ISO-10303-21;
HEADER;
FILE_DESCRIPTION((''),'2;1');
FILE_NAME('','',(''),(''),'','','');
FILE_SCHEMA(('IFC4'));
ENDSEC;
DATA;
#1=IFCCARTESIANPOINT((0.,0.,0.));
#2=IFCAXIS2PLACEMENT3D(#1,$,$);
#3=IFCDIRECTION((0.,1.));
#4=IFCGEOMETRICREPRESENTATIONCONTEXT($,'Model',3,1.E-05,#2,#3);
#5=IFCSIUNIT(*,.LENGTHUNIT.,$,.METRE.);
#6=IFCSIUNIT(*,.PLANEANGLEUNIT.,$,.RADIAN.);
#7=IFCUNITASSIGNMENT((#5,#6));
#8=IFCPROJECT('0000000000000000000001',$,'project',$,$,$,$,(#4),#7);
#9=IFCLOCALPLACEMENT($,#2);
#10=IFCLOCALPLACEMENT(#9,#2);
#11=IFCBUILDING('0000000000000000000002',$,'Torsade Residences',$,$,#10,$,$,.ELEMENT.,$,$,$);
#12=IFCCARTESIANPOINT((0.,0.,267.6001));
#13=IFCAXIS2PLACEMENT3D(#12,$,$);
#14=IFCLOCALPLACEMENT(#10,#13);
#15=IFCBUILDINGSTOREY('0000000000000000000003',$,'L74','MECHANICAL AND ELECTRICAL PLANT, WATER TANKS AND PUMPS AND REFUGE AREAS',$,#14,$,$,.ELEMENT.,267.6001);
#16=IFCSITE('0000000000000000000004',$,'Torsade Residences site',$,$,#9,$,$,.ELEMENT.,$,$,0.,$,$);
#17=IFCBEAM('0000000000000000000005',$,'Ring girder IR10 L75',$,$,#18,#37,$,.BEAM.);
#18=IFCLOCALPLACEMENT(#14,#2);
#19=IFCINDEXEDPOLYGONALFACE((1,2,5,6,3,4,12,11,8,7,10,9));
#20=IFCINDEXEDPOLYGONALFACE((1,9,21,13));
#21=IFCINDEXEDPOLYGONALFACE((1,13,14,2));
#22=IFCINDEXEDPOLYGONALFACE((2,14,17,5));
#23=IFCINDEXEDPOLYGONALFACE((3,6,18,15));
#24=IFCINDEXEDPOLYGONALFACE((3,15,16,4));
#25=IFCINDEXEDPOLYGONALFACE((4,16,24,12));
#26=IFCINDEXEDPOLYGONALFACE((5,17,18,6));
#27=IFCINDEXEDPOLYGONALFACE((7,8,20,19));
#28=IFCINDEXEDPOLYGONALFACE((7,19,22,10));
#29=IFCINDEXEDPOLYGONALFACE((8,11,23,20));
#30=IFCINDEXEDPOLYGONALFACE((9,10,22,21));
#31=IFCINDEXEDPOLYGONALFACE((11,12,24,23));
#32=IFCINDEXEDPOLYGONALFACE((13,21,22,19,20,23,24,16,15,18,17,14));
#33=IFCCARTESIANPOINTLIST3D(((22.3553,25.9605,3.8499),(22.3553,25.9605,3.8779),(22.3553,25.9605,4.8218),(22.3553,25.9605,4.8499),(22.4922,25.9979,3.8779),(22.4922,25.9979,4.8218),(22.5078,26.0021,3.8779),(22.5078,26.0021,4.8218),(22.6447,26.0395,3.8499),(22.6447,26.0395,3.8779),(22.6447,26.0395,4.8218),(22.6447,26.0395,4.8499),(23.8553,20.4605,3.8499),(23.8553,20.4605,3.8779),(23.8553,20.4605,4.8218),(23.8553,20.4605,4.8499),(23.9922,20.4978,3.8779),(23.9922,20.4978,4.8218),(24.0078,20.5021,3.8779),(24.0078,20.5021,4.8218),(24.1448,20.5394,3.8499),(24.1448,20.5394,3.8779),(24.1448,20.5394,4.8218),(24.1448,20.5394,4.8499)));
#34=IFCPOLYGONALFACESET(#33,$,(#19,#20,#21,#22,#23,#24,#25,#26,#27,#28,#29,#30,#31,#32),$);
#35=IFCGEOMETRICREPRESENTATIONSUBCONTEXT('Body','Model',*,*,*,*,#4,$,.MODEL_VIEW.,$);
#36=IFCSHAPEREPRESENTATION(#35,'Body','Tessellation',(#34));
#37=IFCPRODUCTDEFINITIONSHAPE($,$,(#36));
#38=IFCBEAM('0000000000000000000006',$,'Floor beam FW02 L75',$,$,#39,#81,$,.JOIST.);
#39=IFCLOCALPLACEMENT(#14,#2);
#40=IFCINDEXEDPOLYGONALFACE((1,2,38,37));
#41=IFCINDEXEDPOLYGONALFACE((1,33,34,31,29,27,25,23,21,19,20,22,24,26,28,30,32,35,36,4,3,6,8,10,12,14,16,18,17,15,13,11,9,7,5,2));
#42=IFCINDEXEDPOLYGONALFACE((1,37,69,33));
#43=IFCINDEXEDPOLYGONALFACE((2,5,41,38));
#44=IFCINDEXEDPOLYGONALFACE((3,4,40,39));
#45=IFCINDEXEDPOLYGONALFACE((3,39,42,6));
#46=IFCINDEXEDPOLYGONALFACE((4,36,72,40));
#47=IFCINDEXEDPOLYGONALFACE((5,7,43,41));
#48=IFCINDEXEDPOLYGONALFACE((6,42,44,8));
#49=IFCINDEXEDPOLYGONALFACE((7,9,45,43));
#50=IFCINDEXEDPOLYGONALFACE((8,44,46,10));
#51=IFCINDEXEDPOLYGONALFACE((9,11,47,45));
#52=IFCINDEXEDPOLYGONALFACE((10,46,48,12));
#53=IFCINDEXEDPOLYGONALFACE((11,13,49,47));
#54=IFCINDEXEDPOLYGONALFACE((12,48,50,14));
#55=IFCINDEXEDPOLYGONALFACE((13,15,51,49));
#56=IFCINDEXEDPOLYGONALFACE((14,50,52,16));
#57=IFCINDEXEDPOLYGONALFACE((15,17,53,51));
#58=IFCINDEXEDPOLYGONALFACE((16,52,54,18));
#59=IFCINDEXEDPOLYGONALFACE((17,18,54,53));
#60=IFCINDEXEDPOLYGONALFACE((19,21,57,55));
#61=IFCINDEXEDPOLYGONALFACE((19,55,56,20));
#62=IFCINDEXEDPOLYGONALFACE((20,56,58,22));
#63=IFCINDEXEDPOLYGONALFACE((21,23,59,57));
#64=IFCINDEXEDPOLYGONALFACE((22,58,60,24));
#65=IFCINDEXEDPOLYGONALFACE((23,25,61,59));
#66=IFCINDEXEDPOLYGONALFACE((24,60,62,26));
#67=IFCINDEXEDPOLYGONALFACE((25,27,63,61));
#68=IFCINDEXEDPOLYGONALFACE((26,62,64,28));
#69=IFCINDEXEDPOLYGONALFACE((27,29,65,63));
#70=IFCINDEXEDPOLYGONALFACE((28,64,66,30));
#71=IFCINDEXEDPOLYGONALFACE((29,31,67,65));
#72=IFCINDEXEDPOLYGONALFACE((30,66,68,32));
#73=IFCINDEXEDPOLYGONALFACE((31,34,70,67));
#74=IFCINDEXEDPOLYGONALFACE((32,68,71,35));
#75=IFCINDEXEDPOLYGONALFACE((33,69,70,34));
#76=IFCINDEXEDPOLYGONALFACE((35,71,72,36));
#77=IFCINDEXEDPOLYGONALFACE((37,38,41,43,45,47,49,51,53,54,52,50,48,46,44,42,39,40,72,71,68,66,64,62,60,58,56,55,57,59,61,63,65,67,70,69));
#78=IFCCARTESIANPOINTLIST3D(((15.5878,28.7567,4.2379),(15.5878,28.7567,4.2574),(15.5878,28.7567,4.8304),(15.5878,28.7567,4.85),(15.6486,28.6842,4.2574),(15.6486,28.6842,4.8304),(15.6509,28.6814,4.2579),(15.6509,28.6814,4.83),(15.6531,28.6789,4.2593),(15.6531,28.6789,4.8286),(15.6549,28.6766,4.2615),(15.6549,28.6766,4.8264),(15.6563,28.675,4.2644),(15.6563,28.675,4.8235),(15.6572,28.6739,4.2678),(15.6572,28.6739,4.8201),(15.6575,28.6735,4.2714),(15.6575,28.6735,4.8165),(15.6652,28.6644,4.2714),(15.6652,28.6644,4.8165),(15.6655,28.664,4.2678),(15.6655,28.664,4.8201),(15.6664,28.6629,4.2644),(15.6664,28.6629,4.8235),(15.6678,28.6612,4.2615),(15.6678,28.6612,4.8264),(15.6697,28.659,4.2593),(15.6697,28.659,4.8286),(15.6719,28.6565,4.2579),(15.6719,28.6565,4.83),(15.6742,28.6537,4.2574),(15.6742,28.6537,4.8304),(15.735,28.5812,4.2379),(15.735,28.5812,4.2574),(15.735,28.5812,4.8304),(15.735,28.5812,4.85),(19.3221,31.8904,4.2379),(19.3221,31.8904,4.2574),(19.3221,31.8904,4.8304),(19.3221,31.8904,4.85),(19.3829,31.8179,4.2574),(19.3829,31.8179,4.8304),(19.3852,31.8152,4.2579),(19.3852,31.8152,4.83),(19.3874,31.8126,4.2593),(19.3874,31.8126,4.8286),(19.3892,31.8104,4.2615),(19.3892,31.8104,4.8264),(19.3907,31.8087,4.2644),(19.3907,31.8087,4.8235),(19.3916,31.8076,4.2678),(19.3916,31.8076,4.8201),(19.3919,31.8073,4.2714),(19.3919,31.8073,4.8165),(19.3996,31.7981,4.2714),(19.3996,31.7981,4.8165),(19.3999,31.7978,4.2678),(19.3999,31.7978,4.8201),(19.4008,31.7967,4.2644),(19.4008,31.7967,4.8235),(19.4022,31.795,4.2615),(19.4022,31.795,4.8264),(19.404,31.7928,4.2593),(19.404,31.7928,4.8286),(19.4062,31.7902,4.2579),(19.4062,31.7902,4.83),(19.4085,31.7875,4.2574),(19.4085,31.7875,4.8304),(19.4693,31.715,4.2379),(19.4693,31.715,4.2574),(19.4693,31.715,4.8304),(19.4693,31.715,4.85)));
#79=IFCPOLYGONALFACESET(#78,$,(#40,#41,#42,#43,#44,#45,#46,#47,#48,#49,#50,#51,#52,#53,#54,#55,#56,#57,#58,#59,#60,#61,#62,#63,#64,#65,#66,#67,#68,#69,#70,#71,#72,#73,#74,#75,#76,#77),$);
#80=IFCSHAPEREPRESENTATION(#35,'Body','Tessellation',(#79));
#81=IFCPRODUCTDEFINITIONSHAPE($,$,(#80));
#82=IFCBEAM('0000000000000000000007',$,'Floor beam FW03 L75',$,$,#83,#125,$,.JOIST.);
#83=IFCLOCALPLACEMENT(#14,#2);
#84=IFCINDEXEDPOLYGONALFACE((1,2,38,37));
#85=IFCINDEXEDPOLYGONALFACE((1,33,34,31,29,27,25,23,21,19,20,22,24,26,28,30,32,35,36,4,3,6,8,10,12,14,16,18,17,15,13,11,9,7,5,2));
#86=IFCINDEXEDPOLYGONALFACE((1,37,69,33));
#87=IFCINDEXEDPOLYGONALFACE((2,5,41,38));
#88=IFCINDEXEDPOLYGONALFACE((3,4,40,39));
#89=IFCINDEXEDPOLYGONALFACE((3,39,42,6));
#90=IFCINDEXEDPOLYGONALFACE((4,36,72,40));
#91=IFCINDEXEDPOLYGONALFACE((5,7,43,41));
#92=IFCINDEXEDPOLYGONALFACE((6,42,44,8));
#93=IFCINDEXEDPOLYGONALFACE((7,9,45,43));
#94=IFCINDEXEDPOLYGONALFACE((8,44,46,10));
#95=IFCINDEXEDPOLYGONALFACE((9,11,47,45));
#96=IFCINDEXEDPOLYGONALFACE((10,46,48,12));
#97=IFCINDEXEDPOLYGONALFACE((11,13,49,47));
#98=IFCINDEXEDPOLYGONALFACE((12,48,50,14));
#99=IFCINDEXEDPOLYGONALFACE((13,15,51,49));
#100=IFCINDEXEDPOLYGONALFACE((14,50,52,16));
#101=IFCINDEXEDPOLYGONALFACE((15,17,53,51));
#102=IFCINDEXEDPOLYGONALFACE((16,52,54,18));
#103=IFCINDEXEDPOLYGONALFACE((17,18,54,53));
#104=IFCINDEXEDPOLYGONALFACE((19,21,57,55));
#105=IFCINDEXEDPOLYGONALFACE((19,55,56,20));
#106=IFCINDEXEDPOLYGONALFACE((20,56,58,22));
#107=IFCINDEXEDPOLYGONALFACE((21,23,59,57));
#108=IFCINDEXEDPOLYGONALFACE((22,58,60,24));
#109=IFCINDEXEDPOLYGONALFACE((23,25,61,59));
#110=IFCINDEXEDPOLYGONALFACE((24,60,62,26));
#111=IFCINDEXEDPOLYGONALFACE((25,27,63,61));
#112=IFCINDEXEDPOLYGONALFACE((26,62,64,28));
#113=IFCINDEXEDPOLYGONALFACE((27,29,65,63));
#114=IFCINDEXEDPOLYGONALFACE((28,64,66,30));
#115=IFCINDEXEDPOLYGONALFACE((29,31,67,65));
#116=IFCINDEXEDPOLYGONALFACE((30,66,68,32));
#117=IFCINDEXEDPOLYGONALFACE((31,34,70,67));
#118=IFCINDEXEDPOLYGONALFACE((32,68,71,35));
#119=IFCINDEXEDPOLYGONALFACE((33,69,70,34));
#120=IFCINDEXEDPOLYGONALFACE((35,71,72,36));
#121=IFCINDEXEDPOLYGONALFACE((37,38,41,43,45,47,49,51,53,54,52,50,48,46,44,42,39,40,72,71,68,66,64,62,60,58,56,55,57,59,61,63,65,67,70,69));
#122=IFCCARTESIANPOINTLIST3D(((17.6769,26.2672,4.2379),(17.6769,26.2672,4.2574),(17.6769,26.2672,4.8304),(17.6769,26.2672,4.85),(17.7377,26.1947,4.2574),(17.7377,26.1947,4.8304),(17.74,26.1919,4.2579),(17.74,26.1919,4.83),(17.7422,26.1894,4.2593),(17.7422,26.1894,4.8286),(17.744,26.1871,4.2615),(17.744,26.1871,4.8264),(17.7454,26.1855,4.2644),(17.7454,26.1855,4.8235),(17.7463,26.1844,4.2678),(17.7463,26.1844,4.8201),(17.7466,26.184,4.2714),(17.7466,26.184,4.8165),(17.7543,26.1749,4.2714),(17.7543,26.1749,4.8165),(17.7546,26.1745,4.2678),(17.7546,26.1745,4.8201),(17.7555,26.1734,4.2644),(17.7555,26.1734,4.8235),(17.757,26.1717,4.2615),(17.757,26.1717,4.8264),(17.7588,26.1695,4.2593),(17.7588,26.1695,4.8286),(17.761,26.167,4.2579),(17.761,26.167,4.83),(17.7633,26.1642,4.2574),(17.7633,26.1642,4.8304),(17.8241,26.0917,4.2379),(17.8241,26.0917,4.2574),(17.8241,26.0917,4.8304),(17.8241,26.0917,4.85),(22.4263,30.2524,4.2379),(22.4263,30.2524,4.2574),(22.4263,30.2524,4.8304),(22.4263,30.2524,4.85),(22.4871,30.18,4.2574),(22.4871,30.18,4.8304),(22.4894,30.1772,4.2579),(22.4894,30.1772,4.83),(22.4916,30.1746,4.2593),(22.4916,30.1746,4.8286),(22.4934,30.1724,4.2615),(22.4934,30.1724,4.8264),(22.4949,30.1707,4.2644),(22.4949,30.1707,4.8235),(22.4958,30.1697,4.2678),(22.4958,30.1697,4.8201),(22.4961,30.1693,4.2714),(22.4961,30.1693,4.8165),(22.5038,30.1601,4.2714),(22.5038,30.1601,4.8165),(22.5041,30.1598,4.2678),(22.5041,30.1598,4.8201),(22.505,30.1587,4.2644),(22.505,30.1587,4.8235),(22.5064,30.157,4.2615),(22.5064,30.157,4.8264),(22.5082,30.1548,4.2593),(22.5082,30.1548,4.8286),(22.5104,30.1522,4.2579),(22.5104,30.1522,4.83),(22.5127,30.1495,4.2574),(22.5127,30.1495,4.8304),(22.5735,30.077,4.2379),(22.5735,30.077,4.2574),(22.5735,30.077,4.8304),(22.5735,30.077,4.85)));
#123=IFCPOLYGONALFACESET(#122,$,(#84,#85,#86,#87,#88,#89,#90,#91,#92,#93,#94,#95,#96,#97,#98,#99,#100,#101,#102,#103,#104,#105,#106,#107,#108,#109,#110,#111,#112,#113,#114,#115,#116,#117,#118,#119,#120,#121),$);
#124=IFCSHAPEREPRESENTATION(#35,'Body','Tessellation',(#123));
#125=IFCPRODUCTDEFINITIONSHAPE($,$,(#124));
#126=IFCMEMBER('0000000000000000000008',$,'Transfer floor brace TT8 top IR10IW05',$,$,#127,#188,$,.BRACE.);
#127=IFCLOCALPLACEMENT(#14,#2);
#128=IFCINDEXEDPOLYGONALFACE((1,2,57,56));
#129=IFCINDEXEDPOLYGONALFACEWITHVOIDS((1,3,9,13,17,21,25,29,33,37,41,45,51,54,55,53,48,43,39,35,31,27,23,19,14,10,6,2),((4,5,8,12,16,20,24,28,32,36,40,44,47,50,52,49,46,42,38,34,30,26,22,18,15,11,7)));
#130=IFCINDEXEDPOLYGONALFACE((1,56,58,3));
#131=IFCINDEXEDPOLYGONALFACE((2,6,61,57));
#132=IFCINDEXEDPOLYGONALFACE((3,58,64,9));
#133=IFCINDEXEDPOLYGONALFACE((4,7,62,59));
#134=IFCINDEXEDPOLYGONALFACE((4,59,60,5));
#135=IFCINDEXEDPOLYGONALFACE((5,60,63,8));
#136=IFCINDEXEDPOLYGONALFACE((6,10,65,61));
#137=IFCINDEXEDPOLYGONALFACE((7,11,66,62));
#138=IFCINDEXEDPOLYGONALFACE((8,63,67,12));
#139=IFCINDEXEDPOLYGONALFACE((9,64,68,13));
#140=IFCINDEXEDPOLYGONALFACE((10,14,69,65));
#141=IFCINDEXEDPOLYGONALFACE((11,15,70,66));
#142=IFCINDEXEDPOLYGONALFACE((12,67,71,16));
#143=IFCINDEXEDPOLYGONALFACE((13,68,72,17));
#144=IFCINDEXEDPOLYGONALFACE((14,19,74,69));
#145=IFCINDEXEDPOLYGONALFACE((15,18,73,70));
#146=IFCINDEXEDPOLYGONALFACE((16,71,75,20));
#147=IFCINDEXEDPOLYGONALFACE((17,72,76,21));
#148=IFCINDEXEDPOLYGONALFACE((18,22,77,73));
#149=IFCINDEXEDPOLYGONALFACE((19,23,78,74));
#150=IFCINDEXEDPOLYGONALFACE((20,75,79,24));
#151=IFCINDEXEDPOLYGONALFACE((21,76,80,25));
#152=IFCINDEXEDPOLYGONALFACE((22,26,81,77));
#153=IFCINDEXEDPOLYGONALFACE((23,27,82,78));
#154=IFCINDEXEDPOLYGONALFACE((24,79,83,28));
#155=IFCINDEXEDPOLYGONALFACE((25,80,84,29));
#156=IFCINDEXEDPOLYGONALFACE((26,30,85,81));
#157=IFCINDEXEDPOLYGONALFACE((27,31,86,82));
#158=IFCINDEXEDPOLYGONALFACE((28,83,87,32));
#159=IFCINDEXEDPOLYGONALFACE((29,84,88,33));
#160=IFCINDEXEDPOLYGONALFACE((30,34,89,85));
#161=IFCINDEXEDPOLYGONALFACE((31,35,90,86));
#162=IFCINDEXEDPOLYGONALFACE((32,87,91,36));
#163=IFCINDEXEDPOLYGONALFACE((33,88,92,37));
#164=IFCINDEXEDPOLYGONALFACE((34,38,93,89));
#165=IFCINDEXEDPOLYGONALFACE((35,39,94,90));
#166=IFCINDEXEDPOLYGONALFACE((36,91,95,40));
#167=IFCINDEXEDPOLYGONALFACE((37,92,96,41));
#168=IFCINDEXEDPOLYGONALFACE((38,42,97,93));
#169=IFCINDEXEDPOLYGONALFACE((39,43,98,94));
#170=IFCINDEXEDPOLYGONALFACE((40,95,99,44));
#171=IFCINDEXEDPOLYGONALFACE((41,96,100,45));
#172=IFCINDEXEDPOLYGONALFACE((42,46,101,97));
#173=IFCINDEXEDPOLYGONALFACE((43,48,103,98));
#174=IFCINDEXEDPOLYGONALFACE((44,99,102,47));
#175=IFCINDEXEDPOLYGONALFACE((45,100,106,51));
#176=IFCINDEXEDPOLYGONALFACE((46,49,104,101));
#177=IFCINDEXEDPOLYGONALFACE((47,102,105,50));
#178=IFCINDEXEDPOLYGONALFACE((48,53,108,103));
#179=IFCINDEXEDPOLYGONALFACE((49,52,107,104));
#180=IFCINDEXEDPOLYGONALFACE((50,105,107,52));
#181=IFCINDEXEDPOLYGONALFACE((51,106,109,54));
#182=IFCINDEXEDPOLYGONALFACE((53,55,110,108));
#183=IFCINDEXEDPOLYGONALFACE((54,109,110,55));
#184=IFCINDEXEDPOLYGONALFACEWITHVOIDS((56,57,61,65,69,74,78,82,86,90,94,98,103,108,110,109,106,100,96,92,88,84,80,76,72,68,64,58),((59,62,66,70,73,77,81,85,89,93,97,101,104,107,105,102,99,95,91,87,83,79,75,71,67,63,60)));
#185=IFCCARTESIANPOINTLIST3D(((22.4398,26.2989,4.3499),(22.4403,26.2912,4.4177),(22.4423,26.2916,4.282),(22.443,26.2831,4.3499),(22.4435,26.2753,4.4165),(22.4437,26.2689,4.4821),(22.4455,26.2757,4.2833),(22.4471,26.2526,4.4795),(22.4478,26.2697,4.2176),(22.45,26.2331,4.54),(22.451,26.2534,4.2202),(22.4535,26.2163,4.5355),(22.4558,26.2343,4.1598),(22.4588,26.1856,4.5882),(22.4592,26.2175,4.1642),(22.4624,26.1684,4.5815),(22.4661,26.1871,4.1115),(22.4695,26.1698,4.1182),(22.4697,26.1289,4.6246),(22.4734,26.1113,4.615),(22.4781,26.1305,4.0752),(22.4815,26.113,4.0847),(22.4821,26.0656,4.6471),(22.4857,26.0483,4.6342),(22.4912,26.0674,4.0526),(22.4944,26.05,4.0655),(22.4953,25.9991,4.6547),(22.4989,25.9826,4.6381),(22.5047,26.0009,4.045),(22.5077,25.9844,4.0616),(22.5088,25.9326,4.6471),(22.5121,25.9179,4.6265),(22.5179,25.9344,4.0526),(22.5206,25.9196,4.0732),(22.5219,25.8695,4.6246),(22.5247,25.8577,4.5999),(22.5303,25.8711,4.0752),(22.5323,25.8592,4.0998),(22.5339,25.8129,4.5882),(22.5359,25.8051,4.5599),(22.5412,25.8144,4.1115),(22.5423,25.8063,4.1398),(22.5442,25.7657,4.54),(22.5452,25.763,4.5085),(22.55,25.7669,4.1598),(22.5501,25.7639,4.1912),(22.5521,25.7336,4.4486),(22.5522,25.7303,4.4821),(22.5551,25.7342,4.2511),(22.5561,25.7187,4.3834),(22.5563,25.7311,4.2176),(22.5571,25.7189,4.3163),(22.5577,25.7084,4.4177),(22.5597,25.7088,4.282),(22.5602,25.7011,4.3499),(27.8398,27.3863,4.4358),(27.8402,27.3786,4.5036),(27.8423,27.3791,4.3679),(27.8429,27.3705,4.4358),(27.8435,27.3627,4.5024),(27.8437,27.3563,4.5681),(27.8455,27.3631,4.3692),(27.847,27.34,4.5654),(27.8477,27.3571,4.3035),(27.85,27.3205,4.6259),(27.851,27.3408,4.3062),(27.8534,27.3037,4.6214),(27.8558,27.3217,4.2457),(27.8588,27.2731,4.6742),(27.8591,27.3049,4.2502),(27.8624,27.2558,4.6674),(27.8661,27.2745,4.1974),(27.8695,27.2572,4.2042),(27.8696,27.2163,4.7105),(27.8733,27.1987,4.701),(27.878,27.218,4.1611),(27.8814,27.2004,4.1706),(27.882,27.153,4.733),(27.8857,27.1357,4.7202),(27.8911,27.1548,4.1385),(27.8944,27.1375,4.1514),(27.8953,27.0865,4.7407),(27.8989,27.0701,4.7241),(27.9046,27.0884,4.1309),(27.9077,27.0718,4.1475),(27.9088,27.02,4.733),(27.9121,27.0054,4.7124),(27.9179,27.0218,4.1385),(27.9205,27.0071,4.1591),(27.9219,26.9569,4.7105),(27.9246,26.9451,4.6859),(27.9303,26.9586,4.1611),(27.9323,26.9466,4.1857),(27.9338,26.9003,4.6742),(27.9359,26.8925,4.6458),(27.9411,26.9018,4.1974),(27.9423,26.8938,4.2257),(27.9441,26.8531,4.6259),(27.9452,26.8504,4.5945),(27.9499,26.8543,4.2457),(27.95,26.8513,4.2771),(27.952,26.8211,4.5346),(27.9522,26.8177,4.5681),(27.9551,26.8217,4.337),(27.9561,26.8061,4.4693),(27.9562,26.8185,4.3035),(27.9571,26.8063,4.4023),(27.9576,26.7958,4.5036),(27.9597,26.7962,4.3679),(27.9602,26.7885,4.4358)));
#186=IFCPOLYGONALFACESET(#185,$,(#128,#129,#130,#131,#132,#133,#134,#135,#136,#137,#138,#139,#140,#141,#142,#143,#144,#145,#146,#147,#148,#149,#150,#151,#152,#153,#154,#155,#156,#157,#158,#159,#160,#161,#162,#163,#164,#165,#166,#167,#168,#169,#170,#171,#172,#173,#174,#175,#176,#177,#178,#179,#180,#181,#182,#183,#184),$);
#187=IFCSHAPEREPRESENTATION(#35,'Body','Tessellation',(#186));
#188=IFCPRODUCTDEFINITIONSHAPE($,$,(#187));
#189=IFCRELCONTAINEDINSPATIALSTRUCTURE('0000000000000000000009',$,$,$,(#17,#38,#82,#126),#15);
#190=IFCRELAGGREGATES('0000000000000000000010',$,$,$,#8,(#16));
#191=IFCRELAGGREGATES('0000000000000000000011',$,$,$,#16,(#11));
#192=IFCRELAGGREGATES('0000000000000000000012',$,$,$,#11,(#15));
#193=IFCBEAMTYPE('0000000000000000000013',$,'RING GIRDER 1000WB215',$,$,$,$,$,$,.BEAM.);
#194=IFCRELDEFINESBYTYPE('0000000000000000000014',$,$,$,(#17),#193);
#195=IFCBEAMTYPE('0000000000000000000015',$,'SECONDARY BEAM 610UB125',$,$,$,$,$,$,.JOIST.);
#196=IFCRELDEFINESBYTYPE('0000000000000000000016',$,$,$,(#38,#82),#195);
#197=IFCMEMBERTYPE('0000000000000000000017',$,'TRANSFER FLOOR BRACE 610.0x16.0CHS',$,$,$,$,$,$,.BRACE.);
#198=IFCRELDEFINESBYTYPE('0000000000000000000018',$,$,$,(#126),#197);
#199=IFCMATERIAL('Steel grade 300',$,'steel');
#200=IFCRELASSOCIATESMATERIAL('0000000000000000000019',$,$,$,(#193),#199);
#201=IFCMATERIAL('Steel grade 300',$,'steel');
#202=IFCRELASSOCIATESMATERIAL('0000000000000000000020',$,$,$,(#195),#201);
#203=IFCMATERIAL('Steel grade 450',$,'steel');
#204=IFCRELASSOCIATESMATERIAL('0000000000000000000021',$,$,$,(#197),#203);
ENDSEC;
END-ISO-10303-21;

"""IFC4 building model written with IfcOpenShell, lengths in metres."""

from ifc_helpers import new_model, si_unit, direction, frame, origin, origin_2d, place, context, subcontext, project, spatial, hollow_circle, i_section, extrude, material, material_profile, profile_set, type_object, element, save


model = new_model("IFC4")

# Units and contexts
model_context = context("Model", 3, precision=1e-05, world=origin(), true_north=direction((0.0, 1.0)))
body_context = subcontext(model_context, "Body", "Model", "MODEL_VIEW")
ifc_project = project(units=[si_unit("LENGTHUNIT", "METRE"), si_unit("PLANEANGLEUNIT", "RADIAN")], contexts=[model_context])

# Site, building, storey
site_placement = place(None, origin())
site = spatial("IfcSite", under=ifc_project, at=site_placement, Name="Torsade Residences site", CompositionType="ELEMENT", RefElevation=0.0)
building_placement = place(site_placement, origin())
building = spatial("IfcBuilding", under=site, at=building_placement, Name="Torsade Residences", CompositionType="ELEMENT")
storey_placement = place(building_placement, frame((0.0, 0.0, 267.6001)))
storey = spatial("IfcBuildingStorey", under=building, at=storey_placement, Name="L74", Description="MECHANICAL AND ELECTRICAL PLANT, WATER TANKS AND PUMPS AND REFUGE AREAS", CompositionType="ELEMENT", Elevation=267.6001)

# Beams
ifc_material_1 = material(Name="Steel grade 300", Category="steel")
ifc_material_profile_1 = material_profile(ifc_material_1, i_section(OverallWidth=0.3, OverallDepth=1.0, WebThickness=0.0161, FlangeThickness=0.0281, at=origin_2d()), Name="1000WB215")
ifc_profile_set_1 = profile_set([ifc_material_profile_1], Name="Steel grade 300")
beam_type_1 = type_object("IfcBeamType", Name="RING GIRDER 1000WB215", PredefinedType="BEAM", material=ifc_profile_set_1)
beam_1_placement = place(storey_placement, frame((22.5, 26.0, 4.3499), z_axis=(0.263117, -0.964764, 0.0), x_axis=(0.964764, 0.263117, 0.0)))
element("IfcBeam", 1, at=beam_1_placement, inside=storey, type_object=beam_type_1, Name="Ring girder IR10 L75", PredefinedType="BEAM", context=body_context, shape_type="SweptSolid", body=[
    extrude(i_section(OverallWidth=0.3, OverallDepth=1.0, WebThickness=0.0161, FlangeThickness=0.0281, at=origin_2d()), origin(), (0.0, 0.0, 1.0), 5.7009),
])
ifc_material_2 = material(Name="Steel grade 300", Category="steel")
ifc_material_profile_2 = material_profile(ifc_material_2, i_section(OverallWidth=0.229, OverallDepth=0.6121, WebThickness=0.012, FlangeThickness=0.0195, FilletRadius=0.0139, at=origin_2d()), Name="610UB125")
ifc_profile_set_2 = profile_set([ifc_material_profile_2], Name="Steel grade 300")
beam_type_2 = type_object("IfcBeamType", Name="SECONDARY BEAM 610UB125", PredefinedType="JOIST", material=ifc_profile_set_2)
beam_2_placement = place(storey_placement, frame((15.6614, 28.6689, 4.5439), z_axis=(0.766017, 0.642821, 0.0), x_axis=(-0.642821, 0.766017, 0.0)))
element("IfcBeam", 2, at=beam_2_placement, inside=storey, type_object=beam_type_2, Name="Floor beam FW02 L75", PredefinedType="JOIST", context=body_context, shape_type="SweptSolid", body=[
    extrude(i_section(OverallWidth=0.229, OverallDepth=0.6121, WebThickness=0.012, FlangeThickness=0.0195, FilletRadius=0.0139, at=origin_2d()), origin(), (0.0, 0.0, 1.0), 4.875),
])
beam_3_placement = place(storey_placement, frame((17.7505, 26.1794, 4.5439), z_axis=(0.766041, 0.642791, 0.0), x_axis=(-0.642791, 0.766041, 0.0)))
element("IfcBeam", 3, at=beam_3_placement, inside=storey, type_object=beam_type_2, Name="Floor beam FW03 L75", PredefinedType="JOIST", context=body_context, shape_type="SweptSolid", body=[
    extrude(i_section(OverallWidth=0.229, OverallDepth=0.6121, WebThickness=0.012, FlangeThickness=0.0195, FilletRadius=0.0139, at=origin_2d()), origin(), (0.0, 0.0, 1.0), 6.2),
])

# Member
ifc_material_3 = material(Name="Steel grade 450", Category="steel")
ifc_material_profile_3 = material_profile(ifc_material_3, hollow_circle(Radius=0.3049, WallThickness=0.0161, at=origin_2d()), Name="610.0x16.0CHS")
ifc_profile_set_3 = profile_set([ifc_material_profile_3], Name="Steel grade 450")
member_type_1 = type_object("IfcMemberType", Name="TRANSFER FLOOR BRACE 610.0x16.0CHS", PredefinedType="BRACE", material=ifc_profile_set_3)
member_1_placement = place(storey_placement, frame((22.5, 26.0, 4.3499), z_axis=(0.980201, 0.197388, 0.0156), x_axis=(-0.197412, 0.980321, 0.0)))
element("IfcMember", 4, at=member_1_placement, inside=storey, type_object=member_type_1, Name="Transfer floor brace TT8 top IR10IW05", PredefinedType="BRACE", context=body_context, shape_type="SweptSolid", body=[
    extrude(hollow_circle(Radius=0.3049, WallThickness=0.0161, at=origin_2d()), origin(), (0.0, 0.0, 1.0), 5.509),
])

save(model, "model.ifc")
